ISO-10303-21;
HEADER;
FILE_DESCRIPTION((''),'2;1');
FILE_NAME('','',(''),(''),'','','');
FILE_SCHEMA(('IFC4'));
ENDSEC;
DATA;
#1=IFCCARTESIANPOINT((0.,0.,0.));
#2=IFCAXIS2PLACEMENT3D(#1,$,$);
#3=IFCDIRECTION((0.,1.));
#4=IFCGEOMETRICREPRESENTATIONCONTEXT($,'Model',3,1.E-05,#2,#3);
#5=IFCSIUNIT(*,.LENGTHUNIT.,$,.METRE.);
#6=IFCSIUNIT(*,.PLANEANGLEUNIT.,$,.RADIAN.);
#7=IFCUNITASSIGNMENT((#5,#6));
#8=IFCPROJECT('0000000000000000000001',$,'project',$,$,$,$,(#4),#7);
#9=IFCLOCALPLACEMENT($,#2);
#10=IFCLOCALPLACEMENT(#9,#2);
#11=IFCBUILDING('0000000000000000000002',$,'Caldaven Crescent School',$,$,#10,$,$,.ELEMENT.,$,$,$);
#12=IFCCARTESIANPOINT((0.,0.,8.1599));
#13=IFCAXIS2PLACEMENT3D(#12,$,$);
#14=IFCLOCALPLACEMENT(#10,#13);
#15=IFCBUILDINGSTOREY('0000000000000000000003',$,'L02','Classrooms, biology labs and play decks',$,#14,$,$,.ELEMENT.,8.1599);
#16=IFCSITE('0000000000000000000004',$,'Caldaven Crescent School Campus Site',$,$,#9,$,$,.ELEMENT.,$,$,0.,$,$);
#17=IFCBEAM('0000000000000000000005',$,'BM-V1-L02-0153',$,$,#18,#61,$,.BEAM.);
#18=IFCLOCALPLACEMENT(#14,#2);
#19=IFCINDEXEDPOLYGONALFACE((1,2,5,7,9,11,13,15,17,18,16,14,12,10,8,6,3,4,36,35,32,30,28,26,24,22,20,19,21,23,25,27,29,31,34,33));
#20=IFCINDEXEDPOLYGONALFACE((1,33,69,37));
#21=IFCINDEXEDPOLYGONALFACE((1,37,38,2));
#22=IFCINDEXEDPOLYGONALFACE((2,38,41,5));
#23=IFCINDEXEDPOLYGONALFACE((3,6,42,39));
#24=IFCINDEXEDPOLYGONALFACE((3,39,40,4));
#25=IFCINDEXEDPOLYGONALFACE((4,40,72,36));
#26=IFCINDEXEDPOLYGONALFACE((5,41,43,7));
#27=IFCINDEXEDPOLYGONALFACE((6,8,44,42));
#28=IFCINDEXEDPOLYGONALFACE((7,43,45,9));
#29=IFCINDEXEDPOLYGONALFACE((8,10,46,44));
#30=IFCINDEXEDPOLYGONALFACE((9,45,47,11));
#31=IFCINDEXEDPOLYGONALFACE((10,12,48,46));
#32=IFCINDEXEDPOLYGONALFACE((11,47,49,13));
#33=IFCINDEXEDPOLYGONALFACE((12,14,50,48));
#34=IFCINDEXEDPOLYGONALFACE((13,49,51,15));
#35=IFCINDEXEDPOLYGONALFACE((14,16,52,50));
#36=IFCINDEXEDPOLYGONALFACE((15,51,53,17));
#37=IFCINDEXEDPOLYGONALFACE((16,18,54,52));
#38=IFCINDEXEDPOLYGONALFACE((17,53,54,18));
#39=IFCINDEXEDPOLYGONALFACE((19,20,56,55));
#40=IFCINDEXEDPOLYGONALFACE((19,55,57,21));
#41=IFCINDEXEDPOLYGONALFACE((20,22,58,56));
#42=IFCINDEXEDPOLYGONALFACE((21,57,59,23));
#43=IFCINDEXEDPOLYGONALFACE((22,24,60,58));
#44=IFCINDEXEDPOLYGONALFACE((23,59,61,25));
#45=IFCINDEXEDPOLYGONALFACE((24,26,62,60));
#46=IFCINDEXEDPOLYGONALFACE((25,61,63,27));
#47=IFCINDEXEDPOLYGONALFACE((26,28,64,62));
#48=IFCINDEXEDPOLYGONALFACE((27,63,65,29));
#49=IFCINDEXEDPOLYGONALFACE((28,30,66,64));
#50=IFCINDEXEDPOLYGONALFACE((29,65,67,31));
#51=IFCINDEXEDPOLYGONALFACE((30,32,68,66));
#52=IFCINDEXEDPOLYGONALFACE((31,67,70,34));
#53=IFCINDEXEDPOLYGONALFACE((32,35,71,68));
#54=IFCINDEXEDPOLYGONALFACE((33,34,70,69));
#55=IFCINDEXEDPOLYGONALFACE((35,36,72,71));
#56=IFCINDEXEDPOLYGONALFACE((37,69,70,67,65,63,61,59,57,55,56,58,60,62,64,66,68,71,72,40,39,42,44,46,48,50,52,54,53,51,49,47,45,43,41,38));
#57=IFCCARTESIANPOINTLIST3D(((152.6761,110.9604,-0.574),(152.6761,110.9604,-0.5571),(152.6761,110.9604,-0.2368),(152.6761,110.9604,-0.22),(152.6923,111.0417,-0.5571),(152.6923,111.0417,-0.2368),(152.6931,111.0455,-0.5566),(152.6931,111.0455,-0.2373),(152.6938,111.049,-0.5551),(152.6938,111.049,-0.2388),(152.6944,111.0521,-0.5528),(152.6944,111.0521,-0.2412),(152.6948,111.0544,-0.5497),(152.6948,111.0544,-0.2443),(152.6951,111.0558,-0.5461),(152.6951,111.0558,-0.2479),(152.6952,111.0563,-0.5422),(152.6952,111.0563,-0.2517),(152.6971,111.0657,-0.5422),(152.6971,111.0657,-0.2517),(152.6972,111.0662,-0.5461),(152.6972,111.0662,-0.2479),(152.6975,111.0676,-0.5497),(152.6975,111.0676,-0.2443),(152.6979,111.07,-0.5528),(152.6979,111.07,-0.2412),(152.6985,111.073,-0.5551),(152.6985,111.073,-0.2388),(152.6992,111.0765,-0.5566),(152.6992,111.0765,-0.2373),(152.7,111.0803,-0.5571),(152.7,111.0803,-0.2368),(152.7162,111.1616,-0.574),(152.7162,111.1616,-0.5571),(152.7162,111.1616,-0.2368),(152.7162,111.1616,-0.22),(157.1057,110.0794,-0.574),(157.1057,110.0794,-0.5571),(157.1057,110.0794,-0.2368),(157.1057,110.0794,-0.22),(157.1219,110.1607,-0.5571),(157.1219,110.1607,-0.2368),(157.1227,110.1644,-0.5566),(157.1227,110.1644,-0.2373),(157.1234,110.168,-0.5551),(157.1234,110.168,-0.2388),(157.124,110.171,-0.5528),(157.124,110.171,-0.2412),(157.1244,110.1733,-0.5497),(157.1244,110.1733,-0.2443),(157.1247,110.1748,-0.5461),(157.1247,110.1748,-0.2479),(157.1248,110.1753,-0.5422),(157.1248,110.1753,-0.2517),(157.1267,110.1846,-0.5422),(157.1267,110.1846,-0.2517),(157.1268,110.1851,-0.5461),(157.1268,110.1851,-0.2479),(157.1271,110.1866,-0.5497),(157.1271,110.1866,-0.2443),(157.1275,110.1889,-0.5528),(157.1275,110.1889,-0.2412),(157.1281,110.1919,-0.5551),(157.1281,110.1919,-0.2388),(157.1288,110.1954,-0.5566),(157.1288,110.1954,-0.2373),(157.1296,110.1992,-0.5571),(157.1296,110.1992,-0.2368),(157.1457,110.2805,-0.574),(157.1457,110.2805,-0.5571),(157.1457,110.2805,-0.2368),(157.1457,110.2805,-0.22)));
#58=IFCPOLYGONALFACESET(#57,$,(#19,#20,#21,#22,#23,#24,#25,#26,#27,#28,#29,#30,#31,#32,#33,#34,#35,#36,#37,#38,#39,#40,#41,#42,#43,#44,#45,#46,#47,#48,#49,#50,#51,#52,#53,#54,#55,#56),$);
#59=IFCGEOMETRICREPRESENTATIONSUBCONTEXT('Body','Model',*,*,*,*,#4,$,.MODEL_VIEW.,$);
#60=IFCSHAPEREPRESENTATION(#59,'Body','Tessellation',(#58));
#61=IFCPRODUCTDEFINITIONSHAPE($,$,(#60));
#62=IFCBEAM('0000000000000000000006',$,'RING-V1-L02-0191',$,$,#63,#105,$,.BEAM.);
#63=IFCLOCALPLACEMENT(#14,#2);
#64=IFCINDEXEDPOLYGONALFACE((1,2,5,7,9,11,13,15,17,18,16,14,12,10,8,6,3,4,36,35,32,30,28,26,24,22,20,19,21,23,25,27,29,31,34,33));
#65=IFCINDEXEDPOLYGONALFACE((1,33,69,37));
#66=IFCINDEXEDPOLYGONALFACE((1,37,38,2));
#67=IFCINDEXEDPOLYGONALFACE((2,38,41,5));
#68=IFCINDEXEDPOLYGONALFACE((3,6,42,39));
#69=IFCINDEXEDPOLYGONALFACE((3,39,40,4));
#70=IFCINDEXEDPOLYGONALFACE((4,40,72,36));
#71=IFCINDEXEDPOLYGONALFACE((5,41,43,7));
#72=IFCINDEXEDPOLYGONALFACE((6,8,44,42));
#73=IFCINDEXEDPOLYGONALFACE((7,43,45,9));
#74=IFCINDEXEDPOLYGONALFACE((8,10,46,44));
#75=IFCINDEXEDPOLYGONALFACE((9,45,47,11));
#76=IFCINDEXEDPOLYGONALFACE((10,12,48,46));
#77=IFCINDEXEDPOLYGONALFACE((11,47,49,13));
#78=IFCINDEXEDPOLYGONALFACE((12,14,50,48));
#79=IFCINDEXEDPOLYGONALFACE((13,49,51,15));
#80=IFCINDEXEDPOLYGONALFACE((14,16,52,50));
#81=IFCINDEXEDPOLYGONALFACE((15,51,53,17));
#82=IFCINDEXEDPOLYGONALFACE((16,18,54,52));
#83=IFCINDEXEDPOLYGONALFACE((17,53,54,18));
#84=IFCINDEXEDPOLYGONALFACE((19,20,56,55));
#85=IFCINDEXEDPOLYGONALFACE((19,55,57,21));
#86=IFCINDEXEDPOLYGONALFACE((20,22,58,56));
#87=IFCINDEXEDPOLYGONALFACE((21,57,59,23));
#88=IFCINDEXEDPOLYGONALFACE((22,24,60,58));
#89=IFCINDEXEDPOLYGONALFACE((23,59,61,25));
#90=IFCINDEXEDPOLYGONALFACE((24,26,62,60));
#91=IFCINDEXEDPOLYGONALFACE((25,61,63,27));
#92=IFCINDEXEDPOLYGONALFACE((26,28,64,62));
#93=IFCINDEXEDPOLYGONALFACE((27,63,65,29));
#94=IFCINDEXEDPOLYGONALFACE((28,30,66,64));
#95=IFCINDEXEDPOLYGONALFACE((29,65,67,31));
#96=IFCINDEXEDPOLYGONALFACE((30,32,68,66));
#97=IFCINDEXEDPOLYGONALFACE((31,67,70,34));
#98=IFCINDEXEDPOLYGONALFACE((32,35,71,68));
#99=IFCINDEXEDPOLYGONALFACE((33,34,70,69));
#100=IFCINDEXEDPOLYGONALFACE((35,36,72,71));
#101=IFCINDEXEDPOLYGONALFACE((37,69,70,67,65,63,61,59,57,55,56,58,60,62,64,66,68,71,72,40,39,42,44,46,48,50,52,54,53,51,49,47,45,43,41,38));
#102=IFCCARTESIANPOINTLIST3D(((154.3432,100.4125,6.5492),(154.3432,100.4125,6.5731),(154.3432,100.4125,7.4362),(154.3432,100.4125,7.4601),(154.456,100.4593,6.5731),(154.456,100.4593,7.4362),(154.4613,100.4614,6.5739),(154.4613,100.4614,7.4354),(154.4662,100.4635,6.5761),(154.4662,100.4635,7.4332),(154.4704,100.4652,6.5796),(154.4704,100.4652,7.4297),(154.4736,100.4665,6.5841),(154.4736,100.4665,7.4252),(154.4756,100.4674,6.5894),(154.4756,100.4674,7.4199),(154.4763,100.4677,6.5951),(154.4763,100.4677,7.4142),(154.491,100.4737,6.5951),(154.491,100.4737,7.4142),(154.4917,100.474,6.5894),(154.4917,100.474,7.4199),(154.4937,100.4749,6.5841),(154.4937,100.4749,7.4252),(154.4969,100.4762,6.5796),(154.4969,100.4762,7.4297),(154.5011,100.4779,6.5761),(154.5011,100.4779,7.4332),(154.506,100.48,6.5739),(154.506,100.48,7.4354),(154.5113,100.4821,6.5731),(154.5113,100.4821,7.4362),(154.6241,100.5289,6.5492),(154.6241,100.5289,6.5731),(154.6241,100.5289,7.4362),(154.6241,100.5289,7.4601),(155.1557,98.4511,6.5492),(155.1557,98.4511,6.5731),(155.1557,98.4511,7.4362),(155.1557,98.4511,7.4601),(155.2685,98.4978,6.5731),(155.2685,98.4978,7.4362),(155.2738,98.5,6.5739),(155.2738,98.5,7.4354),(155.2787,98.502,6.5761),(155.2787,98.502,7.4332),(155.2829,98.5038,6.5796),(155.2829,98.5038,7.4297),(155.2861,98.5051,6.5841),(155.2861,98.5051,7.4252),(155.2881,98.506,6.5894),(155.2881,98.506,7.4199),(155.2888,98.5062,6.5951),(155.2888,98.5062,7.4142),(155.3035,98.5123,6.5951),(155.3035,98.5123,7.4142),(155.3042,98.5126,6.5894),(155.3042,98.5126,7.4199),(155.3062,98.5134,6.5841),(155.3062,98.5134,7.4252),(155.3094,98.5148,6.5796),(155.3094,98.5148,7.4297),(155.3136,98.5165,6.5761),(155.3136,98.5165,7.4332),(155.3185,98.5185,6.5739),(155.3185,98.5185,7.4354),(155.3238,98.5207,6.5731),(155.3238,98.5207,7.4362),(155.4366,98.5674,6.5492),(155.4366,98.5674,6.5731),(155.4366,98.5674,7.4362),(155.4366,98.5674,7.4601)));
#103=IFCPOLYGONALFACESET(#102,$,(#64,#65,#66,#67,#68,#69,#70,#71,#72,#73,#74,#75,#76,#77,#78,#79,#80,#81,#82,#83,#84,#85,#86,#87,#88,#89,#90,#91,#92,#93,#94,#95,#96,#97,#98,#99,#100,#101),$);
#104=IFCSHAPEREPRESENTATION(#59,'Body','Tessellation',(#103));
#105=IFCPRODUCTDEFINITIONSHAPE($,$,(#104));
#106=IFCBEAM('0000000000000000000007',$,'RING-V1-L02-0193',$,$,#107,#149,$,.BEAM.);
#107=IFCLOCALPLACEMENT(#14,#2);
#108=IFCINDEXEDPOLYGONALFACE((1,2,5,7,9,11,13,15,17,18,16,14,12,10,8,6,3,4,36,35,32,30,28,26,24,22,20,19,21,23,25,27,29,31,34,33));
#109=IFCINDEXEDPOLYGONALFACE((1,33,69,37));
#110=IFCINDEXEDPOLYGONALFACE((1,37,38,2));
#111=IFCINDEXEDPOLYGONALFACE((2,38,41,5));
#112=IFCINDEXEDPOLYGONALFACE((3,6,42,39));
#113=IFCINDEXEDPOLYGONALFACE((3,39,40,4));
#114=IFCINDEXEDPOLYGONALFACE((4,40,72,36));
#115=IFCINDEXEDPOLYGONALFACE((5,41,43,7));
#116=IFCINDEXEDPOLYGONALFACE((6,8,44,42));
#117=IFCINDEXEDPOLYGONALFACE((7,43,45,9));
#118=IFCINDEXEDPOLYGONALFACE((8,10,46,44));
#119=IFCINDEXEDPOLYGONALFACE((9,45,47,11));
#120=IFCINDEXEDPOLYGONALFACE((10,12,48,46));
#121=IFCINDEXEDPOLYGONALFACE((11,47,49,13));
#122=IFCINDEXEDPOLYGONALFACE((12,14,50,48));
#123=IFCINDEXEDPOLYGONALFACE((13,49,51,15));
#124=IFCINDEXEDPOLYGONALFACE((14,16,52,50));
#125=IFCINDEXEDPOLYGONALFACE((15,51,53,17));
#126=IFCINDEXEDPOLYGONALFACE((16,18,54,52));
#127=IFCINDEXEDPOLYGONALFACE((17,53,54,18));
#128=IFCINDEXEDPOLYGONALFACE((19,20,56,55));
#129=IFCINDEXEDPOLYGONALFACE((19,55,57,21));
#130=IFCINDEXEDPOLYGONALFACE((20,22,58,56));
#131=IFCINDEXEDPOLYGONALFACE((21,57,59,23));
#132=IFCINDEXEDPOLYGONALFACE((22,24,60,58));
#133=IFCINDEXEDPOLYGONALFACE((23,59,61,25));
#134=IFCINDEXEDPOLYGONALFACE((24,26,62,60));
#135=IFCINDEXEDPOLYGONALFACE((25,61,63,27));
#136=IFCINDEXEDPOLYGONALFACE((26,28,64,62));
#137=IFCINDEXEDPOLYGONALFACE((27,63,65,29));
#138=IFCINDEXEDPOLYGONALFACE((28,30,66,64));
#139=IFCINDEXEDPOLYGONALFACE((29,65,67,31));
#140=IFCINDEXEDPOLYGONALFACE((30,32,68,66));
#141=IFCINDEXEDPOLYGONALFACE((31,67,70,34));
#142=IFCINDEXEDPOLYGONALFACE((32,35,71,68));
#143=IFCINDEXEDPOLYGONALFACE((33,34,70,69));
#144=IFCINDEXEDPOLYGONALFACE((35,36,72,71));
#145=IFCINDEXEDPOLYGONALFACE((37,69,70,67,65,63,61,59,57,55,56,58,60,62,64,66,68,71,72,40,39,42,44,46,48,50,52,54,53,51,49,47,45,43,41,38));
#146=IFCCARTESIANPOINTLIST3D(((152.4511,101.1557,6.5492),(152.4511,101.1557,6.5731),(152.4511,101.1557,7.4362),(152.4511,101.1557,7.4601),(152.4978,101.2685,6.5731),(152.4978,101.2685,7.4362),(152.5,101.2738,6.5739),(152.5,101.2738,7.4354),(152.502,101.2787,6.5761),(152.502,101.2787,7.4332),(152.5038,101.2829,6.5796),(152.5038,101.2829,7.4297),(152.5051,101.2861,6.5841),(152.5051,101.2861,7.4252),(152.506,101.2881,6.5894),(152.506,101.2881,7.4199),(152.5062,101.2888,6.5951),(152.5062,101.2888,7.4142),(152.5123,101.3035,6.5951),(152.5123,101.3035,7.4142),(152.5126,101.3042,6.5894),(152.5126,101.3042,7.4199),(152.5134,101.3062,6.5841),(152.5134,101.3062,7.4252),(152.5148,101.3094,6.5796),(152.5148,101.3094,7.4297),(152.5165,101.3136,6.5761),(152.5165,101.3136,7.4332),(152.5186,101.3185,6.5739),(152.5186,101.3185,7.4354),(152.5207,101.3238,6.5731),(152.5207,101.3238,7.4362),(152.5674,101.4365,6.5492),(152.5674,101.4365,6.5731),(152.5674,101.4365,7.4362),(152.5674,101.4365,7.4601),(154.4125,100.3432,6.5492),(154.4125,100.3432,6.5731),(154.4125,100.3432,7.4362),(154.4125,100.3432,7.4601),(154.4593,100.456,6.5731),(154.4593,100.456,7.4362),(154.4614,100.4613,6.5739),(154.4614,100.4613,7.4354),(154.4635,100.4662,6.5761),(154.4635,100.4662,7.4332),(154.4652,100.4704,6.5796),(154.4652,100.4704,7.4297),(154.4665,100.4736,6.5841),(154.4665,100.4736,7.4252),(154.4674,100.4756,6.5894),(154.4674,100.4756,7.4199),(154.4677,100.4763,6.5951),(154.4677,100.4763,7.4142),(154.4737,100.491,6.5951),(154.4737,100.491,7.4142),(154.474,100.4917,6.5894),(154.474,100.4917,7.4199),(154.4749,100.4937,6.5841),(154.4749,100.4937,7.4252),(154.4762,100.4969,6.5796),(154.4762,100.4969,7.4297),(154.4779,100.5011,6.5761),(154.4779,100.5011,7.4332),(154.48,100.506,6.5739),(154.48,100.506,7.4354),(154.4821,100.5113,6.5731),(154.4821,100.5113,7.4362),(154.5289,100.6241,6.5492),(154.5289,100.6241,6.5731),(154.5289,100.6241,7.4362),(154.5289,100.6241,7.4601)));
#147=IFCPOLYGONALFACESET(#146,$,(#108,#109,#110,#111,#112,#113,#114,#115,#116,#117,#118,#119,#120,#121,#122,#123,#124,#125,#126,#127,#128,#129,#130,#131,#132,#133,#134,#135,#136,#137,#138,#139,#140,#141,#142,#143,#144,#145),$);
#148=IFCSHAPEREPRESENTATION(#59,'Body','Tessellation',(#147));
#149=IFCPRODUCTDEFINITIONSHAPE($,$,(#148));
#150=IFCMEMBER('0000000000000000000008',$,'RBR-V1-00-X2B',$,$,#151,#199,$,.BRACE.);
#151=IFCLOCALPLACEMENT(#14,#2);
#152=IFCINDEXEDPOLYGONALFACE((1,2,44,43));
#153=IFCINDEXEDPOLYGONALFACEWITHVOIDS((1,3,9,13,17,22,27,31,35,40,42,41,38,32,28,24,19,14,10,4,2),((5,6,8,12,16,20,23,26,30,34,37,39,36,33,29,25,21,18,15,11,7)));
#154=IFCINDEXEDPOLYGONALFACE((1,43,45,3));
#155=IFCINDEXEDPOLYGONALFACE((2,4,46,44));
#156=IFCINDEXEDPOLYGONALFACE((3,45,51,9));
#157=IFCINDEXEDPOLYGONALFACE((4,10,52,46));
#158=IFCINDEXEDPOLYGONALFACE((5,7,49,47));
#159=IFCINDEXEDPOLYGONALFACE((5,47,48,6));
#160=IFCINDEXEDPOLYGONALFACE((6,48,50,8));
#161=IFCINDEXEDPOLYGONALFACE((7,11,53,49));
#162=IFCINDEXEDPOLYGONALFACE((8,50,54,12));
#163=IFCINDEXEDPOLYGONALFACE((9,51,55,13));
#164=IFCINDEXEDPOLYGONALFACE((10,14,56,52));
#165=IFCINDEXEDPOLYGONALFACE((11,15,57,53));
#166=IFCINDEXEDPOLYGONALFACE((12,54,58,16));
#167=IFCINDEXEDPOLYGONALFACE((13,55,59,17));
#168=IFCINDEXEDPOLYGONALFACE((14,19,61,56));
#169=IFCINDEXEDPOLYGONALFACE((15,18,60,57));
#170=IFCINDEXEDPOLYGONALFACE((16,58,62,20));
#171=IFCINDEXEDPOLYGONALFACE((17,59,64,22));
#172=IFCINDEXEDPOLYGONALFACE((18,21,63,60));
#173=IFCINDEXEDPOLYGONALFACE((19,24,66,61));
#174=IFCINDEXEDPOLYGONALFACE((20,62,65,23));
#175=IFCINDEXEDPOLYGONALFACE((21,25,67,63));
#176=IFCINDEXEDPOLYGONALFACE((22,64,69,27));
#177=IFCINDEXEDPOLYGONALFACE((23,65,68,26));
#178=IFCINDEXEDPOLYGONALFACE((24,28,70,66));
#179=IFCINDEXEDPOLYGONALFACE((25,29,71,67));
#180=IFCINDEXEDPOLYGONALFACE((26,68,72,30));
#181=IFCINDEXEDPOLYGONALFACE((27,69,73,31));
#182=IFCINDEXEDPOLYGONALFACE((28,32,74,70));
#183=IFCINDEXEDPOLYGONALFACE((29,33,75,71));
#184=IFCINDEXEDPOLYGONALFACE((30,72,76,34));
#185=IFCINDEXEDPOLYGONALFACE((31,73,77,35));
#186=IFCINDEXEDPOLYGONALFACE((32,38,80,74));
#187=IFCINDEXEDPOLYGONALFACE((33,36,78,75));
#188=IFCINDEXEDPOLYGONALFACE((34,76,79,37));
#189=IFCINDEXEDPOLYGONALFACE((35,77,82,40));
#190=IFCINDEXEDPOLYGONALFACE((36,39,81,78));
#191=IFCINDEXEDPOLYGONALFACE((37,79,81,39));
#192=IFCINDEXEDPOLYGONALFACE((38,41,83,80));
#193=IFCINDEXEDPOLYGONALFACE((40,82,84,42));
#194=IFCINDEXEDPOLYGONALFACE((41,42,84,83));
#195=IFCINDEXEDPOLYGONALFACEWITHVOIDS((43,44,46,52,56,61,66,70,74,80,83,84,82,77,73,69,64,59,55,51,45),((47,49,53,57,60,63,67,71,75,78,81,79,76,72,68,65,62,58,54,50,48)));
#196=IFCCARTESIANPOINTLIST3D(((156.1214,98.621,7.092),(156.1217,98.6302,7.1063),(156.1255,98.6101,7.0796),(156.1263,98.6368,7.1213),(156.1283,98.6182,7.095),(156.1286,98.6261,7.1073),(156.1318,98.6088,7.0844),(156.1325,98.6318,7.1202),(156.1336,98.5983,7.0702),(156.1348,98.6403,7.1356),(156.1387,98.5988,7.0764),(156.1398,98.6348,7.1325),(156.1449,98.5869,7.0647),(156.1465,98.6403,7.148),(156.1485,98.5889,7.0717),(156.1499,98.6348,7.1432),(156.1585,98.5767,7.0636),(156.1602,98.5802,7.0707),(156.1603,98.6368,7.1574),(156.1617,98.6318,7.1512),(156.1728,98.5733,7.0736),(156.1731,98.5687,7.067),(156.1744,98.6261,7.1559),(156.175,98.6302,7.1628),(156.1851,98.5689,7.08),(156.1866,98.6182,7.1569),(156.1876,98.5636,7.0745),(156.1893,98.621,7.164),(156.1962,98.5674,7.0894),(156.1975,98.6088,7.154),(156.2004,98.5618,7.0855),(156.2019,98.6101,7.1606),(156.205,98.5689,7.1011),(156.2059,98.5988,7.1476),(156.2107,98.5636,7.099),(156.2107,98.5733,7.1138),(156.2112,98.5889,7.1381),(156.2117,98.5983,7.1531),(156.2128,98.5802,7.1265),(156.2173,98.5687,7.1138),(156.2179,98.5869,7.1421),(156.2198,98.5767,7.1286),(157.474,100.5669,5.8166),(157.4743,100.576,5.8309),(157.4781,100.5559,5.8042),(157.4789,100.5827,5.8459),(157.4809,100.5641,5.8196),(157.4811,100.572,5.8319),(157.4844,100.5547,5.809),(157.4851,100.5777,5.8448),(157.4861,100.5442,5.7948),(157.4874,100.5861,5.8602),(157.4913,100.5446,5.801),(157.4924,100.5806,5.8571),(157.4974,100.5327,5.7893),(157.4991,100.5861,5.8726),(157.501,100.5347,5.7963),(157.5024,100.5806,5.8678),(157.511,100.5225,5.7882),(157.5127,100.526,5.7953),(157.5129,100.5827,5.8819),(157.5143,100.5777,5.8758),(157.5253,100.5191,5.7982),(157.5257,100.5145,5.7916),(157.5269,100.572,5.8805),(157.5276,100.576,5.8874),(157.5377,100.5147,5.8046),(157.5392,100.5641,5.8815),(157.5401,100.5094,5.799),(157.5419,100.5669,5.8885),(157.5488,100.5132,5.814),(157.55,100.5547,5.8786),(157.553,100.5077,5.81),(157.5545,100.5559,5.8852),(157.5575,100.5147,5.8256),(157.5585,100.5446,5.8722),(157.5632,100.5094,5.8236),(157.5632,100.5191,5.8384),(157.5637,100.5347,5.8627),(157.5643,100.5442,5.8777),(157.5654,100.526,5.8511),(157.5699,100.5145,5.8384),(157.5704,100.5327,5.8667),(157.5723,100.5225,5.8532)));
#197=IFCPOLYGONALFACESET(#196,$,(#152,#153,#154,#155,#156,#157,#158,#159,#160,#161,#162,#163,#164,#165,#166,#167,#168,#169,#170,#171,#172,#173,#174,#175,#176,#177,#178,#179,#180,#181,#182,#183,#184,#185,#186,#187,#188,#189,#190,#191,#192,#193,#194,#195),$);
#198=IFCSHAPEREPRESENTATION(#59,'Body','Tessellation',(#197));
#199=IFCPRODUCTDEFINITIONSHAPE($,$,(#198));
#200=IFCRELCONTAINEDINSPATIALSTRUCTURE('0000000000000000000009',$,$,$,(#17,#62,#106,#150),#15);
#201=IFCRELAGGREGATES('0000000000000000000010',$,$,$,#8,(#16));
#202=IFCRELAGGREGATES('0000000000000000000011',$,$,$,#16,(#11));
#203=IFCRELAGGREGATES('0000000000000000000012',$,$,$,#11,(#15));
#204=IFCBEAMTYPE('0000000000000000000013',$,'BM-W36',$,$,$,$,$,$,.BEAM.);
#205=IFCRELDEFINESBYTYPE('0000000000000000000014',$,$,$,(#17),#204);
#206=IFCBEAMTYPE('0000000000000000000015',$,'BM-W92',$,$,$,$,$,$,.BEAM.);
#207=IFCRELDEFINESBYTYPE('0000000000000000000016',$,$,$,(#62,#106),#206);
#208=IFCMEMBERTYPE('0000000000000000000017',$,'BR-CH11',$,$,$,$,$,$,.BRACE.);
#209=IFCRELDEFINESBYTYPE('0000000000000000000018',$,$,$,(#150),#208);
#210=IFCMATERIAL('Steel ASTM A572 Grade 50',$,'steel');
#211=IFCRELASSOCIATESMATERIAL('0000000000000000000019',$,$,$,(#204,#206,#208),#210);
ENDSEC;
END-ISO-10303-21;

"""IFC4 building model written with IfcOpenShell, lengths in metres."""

from ifc_helpers import new_model, si_unit, direction, frame, origin, origin_2d, place, context, subcontext, project, spatial, hollow_circle, i_section, extrude, material, material_profile, profile_set, type_object, element, save


model = new_model("IFC4")

# Units and contexts
model_context = context("Model", 3, precision=1e-05, world=origin(), true_north=direction((0.0, 1.0)))
body_context = subcontext(model_context, "Body", "Model", "MODEL_VIEW")
ifc_project = project(units=[si_unit("LENGTHUNIT", "METRE"), si_unit("PLANEANGLEUNIT", "RADIAN")], contexts=[model_context])

# Site, building, storey
site_placement = place(None, origin())
site = spatial("IfcSite", under=ifc_project, at=site_placement, Name="Caldaven Crescent School Campus Site", CompositionType="ELEMENT", RefElevation=0.0)
building_placement = place(site_placement, origin())
building = spatial("IfcBuilding", under=site, at=building_placement, Name="Caldaven Crescent School", CompositionType="ELEMENT")
storey_placement = place(building_placement, frame((0.0, 0.0, 8.1599)))
storey = spatial("IfcBuildingStorey", under=building, at=storey_placement, Name="L02", Description="Classrooms, biology labs and play decks", CompositionType="ELEMENT", Elevation=8.1599)

# Shared definitions
ifc_material_1 = material(Name="Steel ASTM A572 Grade 50", Category="steel")

# Beams
ifc_material_profile_1 = material_profile(ifc_material_1, i_section(OverallWidth=0.2051, OverallDepth=0.354, WebThickness=0.0095, FlangeThickness=0.0168, FilletRadius=0.0149, at=origin_2d()), Name="W360x79")
ifc_profile_set_1 = profile_set([ifc_material_profile_1], Name="Steel ASTM A572 Grade 50")
beam_type_1 = type_object("IfcBeamType", Name="BM-W36", PredefinedType="BEAM", material=ifc_profile_set_1)
beam_1_placement = place(storey_placement, frame((157.1257, 110.1799, -0.397), z_axis=(-0.980786, 0.195087, 0.0), x_axis=(-0.195087, -0.980786, 0.0)))
element("IfcBeam", 1, at=beam_1_placement, inside=storey, type_object=beam_type_1, Name="BM-V1-L02-0153", PredefinedType="BEAM", context=body_context, shape_type="SweptSolid", body=[
    extrude(i_section(OverallWidth=0.2051, OverallDepth=0.354, WebThickness=0.0095, FlangeThickness=0.0168, FilletRadius=0.0149, at=origin_2d()), origin(), (0.0, 0.0, 1.0), 4.5164),
])
ifc_material_profile_2 = material_profile(ifc_material_1, i_section(OverallWidth=0.304, OverallDepth=0.9109, WebThickness=0.0159, FlangeThickness=0.0239, FilletRadius=0.022, at=origin_2d()), Name="W920x223")
ifc_profile_set_2 = profile_set([ifc_material_profile_2], Name="Steel ASTM A572 Grade 50")
beam_type_2 = type_object("IfcBeamType", Name="BM-W92", PredefinedType="BEAM", material=ifc_profile_set_2)
for number, where, z_axis, x_axis, name in (
    (2, (155.2961, 98.5093, 7.0046), (-0.382704, 0.923871, 0.0), (-0.923871, -0.382704, 0.0), "RING-V1-L02-0191"),
    (3, (154.4707, 100.4836, 7.0046), (-0.923871, 0.382704, 0.0), (-0.382704, -0.923871, 0.0), "RING-V1-L02-0193"),
):
    element("IfcBeam", number, at=place(storey_placement, frame(where, z_axis=z_axis, x_axis=x_axis)), inside=storey, type_object=beam_type_2, Name=name, PredefinedType="BEAM", context=body_context, shape_type="SweptSolid", body=[
        extrude(i_section(OverallWidth=0.304, OverallDepth=0.9109, WebThickness=0.0159, FlangeThickness=0.0239, FilletRadius=0.022, at=origin_2d()), origin(), (0.0, 0.0, 1.0), 2.123),
    ])

# Member
ifc_material_profile_3 = material_profile(ifc_material_1, hollow_circle(Radius=0.0571, WallThickness=0.0081, at=origin_2d()), Name="CHS 114.3x8.0")
ifc_profile_set_3 = profile_set([ifc_material_profile_3], Name="Steel ASTM A572 Grade 50")
member_type_1 = type_object("IfcMemberType", Name="BR-CH11", PredefinedType="BRACE", material=ifc_profile_set_3)
member_1_placement = place(storey_placement, frame((157.5229, 100.5471, 5.8384), z_axis=(-0.502593, -0.723045, 0.473926), x_axis=(0.821115, -0.570763, 0.0)))
element("IfcMember", 4, at=member_1_placement, inside=storey, type_object=member_type_1, Name="RBR-V1-00-X2B", PredefinedType="BRACE", context=body_context, shape_type="SweptSolid", body=[
    extrude(hollow_circle(Radius=0.0571, WallThickness=0.0081, at=origin_2d()), origin(), (0.0, 0.0, 1.0), 2.6912),
])

save(model, "model.ifc")
